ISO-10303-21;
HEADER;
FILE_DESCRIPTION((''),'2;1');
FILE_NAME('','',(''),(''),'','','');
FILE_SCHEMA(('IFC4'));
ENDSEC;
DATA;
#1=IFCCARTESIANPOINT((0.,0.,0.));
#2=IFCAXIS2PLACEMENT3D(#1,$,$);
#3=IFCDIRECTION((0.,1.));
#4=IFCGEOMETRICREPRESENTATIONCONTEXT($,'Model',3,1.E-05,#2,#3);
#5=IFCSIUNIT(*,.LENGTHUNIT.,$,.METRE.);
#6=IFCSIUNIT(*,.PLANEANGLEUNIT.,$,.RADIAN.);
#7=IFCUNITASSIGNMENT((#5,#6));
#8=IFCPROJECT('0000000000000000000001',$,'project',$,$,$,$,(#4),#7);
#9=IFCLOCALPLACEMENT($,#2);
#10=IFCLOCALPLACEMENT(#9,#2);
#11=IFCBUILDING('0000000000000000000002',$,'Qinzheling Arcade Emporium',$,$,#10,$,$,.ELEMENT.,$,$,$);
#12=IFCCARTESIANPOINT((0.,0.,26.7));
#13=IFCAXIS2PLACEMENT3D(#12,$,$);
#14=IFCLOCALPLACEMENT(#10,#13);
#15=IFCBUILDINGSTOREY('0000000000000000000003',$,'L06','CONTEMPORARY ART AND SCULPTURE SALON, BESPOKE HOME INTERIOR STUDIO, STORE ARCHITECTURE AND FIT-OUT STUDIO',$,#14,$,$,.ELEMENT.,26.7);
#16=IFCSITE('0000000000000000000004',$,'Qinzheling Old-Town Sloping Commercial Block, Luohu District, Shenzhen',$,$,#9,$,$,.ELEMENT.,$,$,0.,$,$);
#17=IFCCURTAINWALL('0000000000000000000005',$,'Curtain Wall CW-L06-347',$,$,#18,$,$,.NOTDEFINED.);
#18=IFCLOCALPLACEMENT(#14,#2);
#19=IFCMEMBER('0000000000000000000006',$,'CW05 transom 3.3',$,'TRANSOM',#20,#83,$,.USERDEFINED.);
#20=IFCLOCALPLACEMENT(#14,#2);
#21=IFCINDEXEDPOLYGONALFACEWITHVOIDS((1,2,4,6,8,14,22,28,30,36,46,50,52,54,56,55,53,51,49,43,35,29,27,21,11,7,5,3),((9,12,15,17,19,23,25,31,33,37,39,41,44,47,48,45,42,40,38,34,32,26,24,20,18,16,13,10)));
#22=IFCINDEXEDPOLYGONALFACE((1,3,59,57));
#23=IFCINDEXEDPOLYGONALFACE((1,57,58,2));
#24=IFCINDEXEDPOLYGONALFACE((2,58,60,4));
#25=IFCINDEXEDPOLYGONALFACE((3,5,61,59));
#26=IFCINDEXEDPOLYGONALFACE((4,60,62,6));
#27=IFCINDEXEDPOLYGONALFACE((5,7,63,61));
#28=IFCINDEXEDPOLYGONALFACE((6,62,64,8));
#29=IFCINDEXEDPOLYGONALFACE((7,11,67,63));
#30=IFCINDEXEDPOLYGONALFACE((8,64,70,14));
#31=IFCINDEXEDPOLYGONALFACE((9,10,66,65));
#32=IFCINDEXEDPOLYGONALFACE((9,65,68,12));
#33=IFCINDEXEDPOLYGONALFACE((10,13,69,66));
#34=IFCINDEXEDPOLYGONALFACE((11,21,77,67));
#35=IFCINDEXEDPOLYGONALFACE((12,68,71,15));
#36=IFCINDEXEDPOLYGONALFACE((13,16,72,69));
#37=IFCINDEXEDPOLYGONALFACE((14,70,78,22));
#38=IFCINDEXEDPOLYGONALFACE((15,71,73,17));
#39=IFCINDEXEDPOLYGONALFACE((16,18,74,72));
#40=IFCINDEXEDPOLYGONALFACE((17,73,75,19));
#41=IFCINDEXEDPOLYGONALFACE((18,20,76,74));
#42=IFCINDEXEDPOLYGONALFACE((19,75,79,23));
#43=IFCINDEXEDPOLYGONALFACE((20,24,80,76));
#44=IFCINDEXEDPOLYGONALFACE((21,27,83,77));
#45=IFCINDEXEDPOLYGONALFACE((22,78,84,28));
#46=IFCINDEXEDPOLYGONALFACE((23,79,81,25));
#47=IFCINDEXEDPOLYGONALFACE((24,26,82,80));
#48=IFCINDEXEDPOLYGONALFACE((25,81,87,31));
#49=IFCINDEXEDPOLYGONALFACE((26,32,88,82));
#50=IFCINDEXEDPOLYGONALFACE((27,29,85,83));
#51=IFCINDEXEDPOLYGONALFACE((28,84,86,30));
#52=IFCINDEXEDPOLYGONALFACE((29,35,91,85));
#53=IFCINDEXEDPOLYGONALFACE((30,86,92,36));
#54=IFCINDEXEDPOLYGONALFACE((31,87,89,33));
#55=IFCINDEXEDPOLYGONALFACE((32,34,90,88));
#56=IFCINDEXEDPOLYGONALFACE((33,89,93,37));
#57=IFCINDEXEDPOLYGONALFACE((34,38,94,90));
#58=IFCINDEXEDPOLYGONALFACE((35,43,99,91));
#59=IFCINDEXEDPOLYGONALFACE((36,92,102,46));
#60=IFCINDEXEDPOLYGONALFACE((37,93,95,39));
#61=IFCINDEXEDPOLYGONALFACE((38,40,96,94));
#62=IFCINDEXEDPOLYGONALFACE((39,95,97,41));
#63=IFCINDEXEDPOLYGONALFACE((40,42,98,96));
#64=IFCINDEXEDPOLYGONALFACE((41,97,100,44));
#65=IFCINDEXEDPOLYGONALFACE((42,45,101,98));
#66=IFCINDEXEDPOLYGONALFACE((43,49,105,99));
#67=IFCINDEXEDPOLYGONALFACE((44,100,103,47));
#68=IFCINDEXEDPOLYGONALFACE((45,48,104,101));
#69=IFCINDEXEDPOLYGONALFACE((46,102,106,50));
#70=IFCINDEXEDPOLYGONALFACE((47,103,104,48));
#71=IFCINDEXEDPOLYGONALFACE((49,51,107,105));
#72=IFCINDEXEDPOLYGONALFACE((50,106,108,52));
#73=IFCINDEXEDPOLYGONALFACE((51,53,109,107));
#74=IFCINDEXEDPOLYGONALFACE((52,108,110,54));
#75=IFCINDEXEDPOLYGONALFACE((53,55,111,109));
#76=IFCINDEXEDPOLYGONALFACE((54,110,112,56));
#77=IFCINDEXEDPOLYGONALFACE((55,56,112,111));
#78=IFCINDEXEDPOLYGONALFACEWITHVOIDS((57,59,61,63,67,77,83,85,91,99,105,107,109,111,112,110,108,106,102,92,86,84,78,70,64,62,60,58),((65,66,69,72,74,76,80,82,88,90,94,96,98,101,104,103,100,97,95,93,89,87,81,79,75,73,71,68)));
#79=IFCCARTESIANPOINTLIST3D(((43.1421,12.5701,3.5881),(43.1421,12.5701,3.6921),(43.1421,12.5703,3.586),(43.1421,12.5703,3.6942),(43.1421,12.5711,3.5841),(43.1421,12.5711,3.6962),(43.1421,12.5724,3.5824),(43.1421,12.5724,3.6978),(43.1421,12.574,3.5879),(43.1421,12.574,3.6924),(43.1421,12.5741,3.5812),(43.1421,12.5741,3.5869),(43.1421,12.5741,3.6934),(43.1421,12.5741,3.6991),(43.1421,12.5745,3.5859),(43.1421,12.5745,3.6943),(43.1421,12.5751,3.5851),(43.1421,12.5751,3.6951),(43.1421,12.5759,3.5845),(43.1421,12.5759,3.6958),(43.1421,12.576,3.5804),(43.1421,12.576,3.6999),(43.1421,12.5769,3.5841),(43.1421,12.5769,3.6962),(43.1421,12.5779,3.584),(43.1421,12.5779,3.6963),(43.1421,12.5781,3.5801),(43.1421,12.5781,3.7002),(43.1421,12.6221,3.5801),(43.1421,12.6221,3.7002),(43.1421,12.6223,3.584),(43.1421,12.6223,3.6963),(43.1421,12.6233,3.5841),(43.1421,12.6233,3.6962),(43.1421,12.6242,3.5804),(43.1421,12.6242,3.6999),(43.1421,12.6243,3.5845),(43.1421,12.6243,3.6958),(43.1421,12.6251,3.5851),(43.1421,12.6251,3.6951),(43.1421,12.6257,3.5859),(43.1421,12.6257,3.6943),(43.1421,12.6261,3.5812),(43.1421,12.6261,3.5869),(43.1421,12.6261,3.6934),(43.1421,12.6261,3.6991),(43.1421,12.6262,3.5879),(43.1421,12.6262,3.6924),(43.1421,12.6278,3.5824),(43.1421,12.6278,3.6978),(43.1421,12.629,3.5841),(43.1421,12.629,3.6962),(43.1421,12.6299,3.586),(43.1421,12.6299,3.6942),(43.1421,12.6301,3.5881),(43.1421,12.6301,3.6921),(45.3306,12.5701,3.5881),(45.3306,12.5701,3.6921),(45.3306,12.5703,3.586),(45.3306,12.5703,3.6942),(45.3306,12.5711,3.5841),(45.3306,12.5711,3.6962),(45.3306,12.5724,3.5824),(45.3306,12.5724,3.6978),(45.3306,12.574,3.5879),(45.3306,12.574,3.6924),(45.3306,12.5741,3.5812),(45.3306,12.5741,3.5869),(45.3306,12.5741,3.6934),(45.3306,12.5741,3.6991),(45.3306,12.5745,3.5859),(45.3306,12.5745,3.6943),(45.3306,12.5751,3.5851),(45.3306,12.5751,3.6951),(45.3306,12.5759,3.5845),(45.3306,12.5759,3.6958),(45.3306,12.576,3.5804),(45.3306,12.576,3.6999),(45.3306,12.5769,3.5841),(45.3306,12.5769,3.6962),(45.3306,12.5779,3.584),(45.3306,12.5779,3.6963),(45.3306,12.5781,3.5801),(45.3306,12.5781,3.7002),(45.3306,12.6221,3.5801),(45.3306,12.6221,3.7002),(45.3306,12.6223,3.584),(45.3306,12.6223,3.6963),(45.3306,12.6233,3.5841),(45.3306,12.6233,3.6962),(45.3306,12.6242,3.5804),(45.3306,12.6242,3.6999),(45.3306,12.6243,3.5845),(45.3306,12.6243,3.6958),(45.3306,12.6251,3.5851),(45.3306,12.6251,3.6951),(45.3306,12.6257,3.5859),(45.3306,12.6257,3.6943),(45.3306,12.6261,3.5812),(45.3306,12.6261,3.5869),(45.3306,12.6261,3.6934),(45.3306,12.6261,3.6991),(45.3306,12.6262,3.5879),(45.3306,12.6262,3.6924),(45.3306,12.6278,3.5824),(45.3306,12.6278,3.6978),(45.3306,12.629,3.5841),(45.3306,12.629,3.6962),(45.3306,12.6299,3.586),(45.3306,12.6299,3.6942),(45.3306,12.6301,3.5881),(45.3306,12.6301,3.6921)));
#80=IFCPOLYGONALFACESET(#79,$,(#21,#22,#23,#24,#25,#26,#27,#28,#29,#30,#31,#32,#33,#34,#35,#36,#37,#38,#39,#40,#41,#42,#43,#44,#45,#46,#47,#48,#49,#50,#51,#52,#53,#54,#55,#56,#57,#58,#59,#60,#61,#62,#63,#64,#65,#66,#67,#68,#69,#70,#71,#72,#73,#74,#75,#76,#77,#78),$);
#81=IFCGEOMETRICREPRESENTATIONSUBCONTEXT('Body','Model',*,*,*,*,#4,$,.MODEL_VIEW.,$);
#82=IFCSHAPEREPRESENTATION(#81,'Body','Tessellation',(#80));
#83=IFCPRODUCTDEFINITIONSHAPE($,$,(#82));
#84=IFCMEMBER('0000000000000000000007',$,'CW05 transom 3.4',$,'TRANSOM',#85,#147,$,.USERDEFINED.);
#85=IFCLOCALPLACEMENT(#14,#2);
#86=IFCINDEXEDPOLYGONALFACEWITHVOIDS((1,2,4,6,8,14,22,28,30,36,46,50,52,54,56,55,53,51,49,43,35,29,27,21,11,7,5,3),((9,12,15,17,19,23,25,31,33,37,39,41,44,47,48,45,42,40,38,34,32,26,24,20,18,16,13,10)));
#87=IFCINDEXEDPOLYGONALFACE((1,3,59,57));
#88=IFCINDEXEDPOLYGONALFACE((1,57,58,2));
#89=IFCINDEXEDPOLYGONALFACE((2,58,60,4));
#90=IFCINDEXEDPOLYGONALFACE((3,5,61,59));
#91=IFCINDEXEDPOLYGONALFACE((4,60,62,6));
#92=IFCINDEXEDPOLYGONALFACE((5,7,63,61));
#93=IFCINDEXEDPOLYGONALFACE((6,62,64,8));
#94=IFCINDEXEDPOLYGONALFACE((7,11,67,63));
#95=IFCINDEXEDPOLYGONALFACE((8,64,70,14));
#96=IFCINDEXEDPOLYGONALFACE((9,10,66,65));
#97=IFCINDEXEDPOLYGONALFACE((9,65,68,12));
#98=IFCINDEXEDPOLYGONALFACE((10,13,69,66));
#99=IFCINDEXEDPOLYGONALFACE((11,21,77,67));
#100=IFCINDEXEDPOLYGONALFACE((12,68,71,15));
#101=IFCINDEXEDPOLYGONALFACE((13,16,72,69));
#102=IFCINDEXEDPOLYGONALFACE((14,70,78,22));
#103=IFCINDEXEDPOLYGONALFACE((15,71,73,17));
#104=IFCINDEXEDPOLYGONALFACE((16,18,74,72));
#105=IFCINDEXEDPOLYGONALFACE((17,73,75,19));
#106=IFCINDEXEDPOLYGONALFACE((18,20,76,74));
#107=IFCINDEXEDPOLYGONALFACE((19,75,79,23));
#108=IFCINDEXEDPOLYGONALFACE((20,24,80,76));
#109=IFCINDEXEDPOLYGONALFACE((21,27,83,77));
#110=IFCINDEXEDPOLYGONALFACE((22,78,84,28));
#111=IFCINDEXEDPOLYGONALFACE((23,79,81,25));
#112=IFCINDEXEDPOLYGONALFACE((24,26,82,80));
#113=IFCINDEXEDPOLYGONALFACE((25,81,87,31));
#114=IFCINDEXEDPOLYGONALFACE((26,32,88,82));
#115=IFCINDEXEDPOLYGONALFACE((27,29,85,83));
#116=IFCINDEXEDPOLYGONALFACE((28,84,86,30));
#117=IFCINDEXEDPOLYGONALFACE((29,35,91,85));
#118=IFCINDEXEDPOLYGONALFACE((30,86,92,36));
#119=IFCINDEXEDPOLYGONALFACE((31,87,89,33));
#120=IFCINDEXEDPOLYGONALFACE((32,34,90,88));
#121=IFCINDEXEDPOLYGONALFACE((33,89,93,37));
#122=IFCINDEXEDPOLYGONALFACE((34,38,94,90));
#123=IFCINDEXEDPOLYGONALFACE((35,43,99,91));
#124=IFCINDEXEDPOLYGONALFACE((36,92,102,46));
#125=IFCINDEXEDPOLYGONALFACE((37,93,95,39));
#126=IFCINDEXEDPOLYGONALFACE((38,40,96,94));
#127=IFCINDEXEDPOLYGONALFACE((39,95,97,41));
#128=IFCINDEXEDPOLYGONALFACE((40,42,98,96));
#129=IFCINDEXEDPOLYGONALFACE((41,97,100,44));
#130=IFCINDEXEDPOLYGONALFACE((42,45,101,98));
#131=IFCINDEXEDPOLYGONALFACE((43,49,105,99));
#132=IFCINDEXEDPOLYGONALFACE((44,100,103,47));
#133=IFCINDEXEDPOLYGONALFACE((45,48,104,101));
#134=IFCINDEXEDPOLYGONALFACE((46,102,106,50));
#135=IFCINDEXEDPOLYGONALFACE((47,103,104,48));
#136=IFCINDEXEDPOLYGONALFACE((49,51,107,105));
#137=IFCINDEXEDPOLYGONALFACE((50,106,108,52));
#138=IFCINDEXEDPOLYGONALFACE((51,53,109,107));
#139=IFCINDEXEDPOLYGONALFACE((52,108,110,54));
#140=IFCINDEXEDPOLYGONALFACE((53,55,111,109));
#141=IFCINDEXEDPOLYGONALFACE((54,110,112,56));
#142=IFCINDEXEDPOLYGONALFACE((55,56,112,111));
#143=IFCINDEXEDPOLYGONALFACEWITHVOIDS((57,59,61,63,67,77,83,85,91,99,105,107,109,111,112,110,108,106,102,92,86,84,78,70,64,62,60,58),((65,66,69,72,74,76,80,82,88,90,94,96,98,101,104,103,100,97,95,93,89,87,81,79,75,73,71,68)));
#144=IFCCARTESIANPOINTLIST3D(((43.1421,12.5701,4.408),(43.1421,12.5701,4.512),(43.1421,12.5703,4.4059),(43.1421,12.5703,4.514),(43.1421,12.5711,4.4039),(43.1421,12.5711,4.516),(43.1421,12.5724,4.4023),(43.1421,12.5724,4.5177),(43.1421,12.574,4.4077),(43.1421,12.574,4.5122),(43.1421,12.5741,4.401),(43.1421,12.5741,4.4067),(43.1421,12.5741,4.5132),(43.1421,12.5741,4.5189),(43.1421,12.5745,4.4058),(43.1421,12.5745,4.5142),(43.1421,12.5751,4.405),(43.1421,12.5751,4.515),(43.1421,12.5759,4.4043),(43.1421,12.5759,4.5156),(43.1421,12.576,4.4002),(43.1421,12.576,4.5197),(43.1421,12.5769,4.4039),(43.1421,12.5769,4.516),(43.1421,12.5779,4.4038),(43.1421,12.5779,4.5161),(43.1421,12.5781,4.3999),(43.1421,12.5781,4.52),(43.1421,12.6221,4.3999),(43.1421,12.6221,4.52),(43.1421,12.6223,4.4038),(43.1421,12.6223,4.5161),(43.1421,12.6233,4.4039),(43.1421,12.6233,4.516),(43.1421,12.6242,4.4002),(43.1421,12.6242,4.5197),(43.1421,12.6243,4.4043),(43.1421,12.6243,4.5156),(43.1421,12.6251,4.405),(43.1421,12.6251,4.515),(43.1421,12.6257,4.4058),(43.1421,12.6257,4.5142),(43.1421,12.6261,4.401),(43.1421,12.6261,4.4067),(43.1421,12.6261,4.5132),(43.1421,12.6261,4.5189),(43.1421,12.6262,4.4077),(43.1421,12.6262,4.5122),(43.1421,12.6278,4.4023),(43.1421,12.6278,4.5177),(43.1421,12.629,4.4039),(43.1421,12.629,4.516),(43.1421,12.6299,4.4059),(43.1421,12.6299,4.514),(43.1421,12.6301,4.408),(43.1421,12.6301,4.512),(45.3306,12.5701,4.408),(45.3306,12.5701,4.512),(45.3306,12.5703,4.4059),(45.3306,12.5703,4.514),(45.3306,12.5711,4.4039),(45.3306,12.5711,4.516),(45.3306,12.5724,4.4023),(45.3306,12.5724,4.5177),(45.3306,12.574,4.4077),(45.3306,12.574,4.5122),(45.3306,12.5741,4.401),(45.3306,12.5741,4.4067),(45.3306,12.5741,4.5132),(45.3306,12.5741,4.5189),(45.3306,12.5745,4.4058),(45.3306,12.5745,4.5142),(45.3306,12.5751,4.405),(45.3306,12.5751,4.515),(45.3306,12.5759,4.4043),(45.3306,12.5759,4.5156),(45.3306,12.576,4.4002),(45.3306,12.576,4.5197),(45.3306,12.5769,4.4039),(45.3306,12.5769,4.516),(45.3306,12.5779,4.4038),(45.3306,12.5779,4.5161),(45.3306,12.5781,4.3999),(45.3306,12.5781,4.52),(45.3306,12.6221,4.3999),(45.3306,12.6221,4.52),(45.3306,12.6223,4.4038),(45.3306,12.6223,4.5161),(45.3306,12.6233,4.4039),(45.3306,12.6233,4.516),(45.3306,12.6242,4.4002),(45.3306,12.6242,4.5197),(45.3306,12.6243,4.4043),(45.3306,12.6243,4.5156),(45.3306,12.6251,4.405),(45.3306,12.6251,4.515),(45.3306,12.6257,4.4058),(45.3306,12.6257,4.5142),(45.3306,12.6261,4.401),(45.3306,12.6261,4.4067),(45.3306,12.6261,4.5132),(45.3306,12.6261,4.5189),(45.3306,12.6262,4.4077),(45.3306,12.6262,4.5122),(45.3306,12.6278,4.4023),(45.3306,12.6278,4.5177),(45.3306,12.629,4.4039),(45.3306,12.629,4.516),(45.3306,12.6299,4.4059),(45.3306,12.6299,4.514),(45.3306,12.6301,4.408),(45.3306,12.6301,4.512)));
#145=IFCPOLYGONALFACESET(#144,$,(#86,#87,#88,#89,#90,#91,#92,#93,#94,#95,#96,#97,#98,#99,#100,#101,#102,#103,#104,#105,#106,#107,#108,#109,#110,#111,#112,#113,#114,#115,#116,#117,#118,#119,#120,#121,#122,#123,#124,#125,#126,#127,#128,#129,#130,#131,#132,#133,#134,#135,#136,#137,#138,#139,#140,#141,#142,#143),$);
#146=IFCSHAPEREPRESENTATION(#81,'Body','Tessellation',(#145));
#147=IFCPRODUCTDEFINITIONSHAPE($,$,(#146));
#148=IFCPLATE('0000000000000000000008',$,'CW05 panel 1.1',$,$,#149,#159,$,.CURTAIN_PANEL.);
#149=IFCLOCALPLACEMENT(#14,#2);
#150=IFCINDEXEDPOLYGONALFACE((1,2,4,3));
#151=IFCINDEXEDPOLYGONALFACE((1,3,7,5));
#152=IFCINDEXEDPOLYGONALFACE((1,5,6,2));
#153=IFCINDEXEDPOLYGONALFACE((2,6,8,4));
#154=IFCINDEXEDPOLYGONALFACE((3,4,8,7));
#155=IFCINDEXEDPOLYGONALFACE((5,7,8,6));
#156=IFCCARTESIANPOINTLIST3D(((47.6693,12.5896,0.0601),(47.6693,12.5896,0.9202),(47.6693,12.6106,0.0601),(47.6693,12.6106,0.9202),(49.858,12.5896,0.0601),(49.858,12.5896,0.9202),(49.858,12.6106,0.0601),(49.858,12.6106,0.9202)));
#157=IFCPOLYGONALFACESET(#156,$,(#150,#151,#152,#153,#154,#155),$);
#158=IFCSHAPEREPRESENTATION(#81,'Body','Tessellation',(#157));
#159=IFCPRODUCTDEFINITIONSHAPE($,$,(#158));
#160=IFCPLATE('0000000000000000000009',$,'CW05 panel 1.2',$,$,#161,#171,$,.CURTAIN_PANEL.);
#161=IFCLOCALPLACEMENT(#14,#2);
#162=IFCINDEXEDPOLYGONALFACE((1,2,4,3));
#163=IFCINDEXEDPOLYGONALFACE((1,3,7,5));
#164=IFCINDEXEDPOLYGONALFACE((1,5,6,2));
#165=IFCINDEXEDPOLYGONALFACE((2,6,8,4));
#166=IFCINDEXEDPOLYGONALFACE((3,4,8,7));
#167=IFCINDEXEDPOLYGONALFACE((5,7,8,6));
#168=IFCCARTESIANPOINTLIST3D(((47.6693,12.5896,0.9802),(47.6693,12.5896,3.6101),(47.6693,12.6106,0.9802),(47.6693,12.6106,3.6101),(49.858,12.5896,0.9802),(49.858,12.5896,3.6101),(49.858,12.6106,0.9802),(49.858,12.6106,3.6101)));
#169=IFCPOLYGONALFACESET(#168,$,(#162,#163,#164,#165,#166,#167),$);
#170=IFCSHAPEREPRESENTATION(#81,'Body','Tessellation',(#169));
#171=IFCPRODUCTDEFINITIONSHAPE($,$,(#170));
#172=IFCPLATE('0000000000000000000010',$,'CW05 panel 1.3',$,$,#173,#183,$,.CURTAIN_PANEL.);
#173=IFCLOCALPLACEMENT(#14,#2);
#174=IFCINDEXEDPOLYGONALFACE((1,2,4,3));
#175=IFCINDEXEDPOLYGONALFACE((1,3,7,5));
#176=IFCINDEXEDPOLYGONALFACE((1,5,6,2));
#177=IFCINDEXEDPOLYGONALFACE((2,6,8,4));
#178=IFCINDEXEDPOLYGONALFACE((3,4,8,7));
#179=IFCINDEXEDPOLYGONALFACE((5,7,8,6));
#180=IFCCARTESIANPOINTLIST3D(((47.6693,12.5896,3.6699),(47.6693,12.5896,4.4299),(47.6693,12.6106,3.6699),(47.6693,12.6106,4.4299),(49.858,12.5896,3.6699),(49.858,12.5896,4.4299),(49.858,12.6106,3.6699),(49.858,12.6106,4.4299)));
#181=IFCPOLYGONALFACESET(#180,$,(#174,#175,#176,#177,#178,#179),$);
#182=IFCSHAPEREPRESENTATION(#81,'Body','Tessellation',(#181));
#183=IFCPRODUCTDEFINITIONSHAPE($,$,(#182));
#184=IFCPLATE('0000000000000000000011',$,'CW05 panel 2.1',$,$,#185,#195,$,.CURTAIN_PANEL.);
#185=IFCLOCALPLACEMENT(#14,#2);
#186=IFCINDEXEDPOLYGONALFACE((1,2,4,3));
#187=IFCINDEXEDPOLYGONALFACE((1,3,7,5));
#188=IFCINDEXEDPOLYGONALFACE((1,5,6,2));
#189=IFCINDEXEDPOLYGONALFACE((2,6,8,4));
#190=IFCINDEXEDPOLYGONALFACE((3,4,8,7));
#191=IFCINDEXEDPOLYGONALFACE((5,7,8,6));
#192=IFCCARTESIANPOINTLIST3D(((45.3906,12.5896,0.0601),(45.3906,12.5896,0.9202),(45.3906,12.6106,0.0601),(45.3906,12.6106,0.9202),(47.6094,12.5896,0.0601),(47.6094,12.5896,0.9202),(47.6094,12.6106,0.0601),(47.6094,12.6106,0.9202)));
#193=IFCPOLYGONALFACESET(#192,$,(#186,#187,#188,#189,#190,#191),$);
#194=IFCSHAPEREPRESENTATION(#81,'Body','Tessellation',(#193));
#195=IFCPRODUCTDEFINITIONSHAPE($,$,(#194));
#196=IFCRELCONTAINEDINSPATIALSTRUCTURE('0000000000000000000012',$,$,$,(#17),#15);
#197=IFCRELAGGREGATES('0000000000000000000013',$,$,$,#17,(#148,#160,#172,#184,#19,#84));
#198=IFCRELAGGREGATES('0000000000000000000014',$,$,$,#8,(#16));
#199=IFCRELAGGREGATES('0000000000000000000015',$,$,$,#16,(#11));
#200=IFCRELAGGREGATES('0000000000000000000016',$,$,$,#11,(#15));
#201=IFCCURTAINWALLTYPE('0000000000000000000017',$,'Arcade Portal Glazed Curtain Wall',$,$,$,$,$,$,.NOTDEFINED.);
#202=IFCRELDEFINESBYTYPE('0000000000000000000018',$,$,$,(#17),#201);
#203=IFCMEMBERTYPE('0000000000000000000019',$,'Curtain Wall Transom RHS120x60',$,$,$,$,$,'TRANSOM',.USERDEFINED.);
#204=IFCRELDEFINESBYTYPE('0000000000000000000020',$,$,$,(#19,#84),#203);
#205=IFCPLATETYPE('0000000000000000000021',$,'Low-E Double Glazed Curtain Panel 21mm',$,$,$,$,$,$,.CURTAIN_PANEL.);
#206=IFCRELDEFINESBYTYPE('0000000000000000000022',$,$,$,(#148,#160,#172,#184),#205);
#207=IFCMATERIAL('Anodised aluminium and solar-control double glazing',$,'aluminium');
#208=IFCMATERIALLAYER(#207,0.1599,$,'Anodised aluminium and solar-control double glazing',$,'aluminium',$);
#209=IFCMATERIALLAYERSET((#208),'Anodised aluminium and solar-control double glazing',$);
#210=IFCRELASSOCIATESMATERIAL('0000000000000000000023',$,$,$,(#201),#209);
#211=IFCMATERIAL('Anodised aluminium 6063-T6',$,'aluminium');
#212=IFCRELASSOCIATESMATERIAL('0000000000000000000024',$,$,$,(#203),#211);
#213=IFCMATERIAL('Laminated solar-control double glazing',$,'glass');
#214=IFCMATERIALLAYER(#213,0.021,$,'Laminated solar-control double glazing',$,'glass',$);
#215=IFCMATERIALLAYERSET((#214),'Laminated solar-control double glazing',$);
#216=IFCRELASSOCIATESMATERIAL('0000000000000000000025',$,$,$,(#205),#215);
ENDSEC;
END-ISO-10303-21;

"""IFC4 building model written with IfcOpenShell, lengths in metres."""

from ifc_helpers import new_model, si_unit, direction, frame, origin, origin_2d, place, context, subcontext, project, spatial, rectangle, hollow_rectangle, extrude, material, layer, layer_set, material_profile, profile_set, type_object, element, aggregate, save


model = new_model("IFC4")

# Units and contexts
model_context = context("Model", 3, precision=1e-05, world=origin(), true_north=direction((0.0, 1.0)))
body_context = subcontext(model_context, "Body", "Model", "MODEL_VIEW")
ifc_project = project(units=[si_unit("LENGTHUNIT", "METRE"), si_unit("PLANEANGLEUNIT", "RADIAN")], contexts=[model_context])

# Site, building, storey
site_placement = place(None, origin())
site = spatial("IfcSite", under=ifc_project, at=site_placement, Name="Qinzheling Old-Town Sloping Commercial Block, Luohu District, Shenzhen", CompositionType="ELEMENT", RefElevation=0.0)
building_placement = place(site_placement, origin())
building = spatial("IfcBuilding", under=site, at=building_placement, Name="Qinzheling Arcade Emporium", CompositionType="ELEMENT")
storey_placement = place(building_placement, frame((0.0, 0.0, 26.7)))
storey = spatial("IfcBuildingStorey", under=building, at=storey_placement, Name="L06", Description="CONTEMPORARY ART AND SCULPTURE SALON, BESPOKE HOME INTERIOR STUDIO, STORE ARCHITECTURE AND FIT-OUT STUDIO", CompositionType="ELEMENT", Elevation=26.7)

# Shared definitions
ifc_material_1 = material(Name="Anodised aluminium and solar-control double glazing", Category="aluminium")
ifc_layer_1 = layer(ifc_material_1, 0.1599, Name="Anodised aluminium and solar-control double glazing", Category="aluminium")
ifc_layer_set_1 = layer_set([ifc_layer_1], Name="Anodised aluminium and solar-control double glazing")
curtain_wall_type = type_object("IfcCurtainWallType", Name="Arcade Portal Glazed Curtain Wall", PredefinedType="NOTDEFINED", material=ifc_layer_set_1)
ifc_material_2 = material(Name="Anodised aluminium 6063-T6", Category="aluminium")

# Curtain wall, members, plates
curtain_wall_1_placement = place(storey_placement, origin())
curtain_wall_1 = element("IfcCurtainWall", 1, at=curtain_wall_1_placement, inside=storey, type_object=curtain_wall_type, Name="Curtain Wall CW-L06-347", PredefinedType="NOTDEFINED")
ifc_material_profile_1 = material_profile(ifc_material_2, hollow_rectangle(XDim=0.0601, YDim=0.1201, WallThickness=0.0039, InnerFilletRadius=0.0039, OuterFilletRadius=0.0081, at=origin_2d()), Name="RHS 120x60x4", Category="aluminium")
ifc_profile_set_1 = profile_set([ifc_material_profile_1], Name="Anodised aluminium 6063-T6")
member_type_1 = type_object("IfcMemberType", Name="Curtain Wall Transom RHS120x60", ElementType="TRANSOM", PredefinedType="USERDEFINED", material=ifc_profile_set_1)
member_1_placement = place(storey_placement, frame((45.3306, 12.6001, 3.6401), z_axis=(-1.0, 0.0, 0.0), x_axis=(0.0, -1.0, 0.0)))
member_1 = element("IfcMember", 2, at=member_1_placement, type_object=member_type_1, Name="CW05 transom 3.3", ObjectType="TRANSOM", PredefinedType="USERDEFINED", context=body_context, shape_type="SweptSolid", body=[
    extrude(hollow_rectangle(XDim=0.0601, YDim=0.1201, WallThickness=0.0039, InnerFilletRadius=0.0039, OuterFilletRadius=0.0081, at=origin_2d()), origin(), (0.0, 0.0, 1.0), 2.1885),
])
member_2_placement = place(storey_placement, frame((45.3306, 12.6001, 4.46), z_axis=(-1.0, 0.0, 0.0), x_axis=(0.0, -1.0, 0.0)))
member_2 = element("IfcMember", 3, at=member_2_placement, type_object=member_type_1, Name="CW05 transom 3.4", ObjectType="TRANSOM", PredefinedType="USERDEFINED", context=body_context, shape_type="SweptSolid", body=[
    extrude(hollow_rectangle(XDim=0.0601, YDim=0.1201, WallThickness=0.0039, InnerFilletRadius=0.0039, OuterFilletRadius=0.0081, at=origin_2d()), origin(), (0.0, 0.0, 1.0), 2.1885),
])
ifc_material_3 = material(Name="Laminated solar-control double glazing", Category="glass")
ifc_layer_2 = layer(ifc_material_3, 0.021, Name="Laminated solar-control double glazing", Category="glass")
ifc_layer_set_2 = layer_set([ifc_layer_2], Name="Laminated solar-control double glazing")
plate_type_1 = type_object("IfcPlateType", Name="Low-E Double Glazed Curtain Panel 21mm", PredefinedType="CURTAIN_PANEL", material=ifc_layer_set_2)
plate_1_placement = place(storey_placement, frame((48.7637, 12.6001, 0.0601), z_axis=(0.0, 0.0, 1.0), x_axis=(-1.0, 0.0, 0.0)))
plate_1 = element("IfcPlate", 4, at=plate_1_placement, type_object=plate_type_1, Name="CW05 panel 1.1", PredefinedType="CURTAIN_PANEL", context=body_context, shape_type="SweptSolid", body=[
    extrude(rectangle(XDim=2.1887, YDim=0.021, at=origin_2d()), origin(), (0.0, 0.0, 1.0), 0.8601),
])
plate_2_placement = place(storey_placement, frame((48.7637, 12.6001, 0.9802), z_axis=(0.0, 0.0, 1.0), x_axis=(-1.0, 0.0, 0.0)))
plate_2 = element("IfcPlate", 5, at=plate_2_placement, type_object=plate_type_1, Name="CW05 panel 1.2", PredefinedType="CURTAIN_PANEL", context=body_context, shape_type="SweptSolid", body=[
    extrude(rectangle(XDim=2.1887, YDim=0.021, at=origin_2d()), origin(), (0.0, 0.0, 1.0), 2.6299),
])
plate_3_placement = place(storey_placement, frame((48.7637, 12.6001, 3.6699), z_axis=(0.0, 0.0, 1.0), x_axis=(-1.0, 0.0, 0.0)))
plate_3 = element("IfcPlate", 6, at=plate_3_placement, type_object=plate_type_1, Name="CW05 panel 1.3", PredefinedType="CURTAIN_PANEL", context=body_context, shape_type="SweptSolid", body=[
    extrude(rectangle(XDim=2.1887, YDim=0.021, at=origin_2d()), origin(), (0.0, 0.0, 1.0), 0.76),
])
plate_4_placement = place(storey_placement, frame((46.5, 12.6001, 0.0601), z_axis=(0.0, 0.0, 1.0), x_axis=(-1.0, 0.0, 0.0)))
plate_4 = element("IfcPlate", 7, at=plate_4_placement, type_object=plate_type_1, Name="CW05 panel 2.1", PredefinedType="CURTAIN_PANEL", context=body_context, shape_type="SweptSolid", body=[
    extrude(rectangle(XDim=2.2188, YDim=0.021, at=origin_2d()), origin(), (0.0, 0.0, 1.0), 0.8601),
])
aggregate(curtain_wall_1, [plate_1, plate_2, plate_3, plate_4, member_1, member_2])

save(model, "model.ifc")
